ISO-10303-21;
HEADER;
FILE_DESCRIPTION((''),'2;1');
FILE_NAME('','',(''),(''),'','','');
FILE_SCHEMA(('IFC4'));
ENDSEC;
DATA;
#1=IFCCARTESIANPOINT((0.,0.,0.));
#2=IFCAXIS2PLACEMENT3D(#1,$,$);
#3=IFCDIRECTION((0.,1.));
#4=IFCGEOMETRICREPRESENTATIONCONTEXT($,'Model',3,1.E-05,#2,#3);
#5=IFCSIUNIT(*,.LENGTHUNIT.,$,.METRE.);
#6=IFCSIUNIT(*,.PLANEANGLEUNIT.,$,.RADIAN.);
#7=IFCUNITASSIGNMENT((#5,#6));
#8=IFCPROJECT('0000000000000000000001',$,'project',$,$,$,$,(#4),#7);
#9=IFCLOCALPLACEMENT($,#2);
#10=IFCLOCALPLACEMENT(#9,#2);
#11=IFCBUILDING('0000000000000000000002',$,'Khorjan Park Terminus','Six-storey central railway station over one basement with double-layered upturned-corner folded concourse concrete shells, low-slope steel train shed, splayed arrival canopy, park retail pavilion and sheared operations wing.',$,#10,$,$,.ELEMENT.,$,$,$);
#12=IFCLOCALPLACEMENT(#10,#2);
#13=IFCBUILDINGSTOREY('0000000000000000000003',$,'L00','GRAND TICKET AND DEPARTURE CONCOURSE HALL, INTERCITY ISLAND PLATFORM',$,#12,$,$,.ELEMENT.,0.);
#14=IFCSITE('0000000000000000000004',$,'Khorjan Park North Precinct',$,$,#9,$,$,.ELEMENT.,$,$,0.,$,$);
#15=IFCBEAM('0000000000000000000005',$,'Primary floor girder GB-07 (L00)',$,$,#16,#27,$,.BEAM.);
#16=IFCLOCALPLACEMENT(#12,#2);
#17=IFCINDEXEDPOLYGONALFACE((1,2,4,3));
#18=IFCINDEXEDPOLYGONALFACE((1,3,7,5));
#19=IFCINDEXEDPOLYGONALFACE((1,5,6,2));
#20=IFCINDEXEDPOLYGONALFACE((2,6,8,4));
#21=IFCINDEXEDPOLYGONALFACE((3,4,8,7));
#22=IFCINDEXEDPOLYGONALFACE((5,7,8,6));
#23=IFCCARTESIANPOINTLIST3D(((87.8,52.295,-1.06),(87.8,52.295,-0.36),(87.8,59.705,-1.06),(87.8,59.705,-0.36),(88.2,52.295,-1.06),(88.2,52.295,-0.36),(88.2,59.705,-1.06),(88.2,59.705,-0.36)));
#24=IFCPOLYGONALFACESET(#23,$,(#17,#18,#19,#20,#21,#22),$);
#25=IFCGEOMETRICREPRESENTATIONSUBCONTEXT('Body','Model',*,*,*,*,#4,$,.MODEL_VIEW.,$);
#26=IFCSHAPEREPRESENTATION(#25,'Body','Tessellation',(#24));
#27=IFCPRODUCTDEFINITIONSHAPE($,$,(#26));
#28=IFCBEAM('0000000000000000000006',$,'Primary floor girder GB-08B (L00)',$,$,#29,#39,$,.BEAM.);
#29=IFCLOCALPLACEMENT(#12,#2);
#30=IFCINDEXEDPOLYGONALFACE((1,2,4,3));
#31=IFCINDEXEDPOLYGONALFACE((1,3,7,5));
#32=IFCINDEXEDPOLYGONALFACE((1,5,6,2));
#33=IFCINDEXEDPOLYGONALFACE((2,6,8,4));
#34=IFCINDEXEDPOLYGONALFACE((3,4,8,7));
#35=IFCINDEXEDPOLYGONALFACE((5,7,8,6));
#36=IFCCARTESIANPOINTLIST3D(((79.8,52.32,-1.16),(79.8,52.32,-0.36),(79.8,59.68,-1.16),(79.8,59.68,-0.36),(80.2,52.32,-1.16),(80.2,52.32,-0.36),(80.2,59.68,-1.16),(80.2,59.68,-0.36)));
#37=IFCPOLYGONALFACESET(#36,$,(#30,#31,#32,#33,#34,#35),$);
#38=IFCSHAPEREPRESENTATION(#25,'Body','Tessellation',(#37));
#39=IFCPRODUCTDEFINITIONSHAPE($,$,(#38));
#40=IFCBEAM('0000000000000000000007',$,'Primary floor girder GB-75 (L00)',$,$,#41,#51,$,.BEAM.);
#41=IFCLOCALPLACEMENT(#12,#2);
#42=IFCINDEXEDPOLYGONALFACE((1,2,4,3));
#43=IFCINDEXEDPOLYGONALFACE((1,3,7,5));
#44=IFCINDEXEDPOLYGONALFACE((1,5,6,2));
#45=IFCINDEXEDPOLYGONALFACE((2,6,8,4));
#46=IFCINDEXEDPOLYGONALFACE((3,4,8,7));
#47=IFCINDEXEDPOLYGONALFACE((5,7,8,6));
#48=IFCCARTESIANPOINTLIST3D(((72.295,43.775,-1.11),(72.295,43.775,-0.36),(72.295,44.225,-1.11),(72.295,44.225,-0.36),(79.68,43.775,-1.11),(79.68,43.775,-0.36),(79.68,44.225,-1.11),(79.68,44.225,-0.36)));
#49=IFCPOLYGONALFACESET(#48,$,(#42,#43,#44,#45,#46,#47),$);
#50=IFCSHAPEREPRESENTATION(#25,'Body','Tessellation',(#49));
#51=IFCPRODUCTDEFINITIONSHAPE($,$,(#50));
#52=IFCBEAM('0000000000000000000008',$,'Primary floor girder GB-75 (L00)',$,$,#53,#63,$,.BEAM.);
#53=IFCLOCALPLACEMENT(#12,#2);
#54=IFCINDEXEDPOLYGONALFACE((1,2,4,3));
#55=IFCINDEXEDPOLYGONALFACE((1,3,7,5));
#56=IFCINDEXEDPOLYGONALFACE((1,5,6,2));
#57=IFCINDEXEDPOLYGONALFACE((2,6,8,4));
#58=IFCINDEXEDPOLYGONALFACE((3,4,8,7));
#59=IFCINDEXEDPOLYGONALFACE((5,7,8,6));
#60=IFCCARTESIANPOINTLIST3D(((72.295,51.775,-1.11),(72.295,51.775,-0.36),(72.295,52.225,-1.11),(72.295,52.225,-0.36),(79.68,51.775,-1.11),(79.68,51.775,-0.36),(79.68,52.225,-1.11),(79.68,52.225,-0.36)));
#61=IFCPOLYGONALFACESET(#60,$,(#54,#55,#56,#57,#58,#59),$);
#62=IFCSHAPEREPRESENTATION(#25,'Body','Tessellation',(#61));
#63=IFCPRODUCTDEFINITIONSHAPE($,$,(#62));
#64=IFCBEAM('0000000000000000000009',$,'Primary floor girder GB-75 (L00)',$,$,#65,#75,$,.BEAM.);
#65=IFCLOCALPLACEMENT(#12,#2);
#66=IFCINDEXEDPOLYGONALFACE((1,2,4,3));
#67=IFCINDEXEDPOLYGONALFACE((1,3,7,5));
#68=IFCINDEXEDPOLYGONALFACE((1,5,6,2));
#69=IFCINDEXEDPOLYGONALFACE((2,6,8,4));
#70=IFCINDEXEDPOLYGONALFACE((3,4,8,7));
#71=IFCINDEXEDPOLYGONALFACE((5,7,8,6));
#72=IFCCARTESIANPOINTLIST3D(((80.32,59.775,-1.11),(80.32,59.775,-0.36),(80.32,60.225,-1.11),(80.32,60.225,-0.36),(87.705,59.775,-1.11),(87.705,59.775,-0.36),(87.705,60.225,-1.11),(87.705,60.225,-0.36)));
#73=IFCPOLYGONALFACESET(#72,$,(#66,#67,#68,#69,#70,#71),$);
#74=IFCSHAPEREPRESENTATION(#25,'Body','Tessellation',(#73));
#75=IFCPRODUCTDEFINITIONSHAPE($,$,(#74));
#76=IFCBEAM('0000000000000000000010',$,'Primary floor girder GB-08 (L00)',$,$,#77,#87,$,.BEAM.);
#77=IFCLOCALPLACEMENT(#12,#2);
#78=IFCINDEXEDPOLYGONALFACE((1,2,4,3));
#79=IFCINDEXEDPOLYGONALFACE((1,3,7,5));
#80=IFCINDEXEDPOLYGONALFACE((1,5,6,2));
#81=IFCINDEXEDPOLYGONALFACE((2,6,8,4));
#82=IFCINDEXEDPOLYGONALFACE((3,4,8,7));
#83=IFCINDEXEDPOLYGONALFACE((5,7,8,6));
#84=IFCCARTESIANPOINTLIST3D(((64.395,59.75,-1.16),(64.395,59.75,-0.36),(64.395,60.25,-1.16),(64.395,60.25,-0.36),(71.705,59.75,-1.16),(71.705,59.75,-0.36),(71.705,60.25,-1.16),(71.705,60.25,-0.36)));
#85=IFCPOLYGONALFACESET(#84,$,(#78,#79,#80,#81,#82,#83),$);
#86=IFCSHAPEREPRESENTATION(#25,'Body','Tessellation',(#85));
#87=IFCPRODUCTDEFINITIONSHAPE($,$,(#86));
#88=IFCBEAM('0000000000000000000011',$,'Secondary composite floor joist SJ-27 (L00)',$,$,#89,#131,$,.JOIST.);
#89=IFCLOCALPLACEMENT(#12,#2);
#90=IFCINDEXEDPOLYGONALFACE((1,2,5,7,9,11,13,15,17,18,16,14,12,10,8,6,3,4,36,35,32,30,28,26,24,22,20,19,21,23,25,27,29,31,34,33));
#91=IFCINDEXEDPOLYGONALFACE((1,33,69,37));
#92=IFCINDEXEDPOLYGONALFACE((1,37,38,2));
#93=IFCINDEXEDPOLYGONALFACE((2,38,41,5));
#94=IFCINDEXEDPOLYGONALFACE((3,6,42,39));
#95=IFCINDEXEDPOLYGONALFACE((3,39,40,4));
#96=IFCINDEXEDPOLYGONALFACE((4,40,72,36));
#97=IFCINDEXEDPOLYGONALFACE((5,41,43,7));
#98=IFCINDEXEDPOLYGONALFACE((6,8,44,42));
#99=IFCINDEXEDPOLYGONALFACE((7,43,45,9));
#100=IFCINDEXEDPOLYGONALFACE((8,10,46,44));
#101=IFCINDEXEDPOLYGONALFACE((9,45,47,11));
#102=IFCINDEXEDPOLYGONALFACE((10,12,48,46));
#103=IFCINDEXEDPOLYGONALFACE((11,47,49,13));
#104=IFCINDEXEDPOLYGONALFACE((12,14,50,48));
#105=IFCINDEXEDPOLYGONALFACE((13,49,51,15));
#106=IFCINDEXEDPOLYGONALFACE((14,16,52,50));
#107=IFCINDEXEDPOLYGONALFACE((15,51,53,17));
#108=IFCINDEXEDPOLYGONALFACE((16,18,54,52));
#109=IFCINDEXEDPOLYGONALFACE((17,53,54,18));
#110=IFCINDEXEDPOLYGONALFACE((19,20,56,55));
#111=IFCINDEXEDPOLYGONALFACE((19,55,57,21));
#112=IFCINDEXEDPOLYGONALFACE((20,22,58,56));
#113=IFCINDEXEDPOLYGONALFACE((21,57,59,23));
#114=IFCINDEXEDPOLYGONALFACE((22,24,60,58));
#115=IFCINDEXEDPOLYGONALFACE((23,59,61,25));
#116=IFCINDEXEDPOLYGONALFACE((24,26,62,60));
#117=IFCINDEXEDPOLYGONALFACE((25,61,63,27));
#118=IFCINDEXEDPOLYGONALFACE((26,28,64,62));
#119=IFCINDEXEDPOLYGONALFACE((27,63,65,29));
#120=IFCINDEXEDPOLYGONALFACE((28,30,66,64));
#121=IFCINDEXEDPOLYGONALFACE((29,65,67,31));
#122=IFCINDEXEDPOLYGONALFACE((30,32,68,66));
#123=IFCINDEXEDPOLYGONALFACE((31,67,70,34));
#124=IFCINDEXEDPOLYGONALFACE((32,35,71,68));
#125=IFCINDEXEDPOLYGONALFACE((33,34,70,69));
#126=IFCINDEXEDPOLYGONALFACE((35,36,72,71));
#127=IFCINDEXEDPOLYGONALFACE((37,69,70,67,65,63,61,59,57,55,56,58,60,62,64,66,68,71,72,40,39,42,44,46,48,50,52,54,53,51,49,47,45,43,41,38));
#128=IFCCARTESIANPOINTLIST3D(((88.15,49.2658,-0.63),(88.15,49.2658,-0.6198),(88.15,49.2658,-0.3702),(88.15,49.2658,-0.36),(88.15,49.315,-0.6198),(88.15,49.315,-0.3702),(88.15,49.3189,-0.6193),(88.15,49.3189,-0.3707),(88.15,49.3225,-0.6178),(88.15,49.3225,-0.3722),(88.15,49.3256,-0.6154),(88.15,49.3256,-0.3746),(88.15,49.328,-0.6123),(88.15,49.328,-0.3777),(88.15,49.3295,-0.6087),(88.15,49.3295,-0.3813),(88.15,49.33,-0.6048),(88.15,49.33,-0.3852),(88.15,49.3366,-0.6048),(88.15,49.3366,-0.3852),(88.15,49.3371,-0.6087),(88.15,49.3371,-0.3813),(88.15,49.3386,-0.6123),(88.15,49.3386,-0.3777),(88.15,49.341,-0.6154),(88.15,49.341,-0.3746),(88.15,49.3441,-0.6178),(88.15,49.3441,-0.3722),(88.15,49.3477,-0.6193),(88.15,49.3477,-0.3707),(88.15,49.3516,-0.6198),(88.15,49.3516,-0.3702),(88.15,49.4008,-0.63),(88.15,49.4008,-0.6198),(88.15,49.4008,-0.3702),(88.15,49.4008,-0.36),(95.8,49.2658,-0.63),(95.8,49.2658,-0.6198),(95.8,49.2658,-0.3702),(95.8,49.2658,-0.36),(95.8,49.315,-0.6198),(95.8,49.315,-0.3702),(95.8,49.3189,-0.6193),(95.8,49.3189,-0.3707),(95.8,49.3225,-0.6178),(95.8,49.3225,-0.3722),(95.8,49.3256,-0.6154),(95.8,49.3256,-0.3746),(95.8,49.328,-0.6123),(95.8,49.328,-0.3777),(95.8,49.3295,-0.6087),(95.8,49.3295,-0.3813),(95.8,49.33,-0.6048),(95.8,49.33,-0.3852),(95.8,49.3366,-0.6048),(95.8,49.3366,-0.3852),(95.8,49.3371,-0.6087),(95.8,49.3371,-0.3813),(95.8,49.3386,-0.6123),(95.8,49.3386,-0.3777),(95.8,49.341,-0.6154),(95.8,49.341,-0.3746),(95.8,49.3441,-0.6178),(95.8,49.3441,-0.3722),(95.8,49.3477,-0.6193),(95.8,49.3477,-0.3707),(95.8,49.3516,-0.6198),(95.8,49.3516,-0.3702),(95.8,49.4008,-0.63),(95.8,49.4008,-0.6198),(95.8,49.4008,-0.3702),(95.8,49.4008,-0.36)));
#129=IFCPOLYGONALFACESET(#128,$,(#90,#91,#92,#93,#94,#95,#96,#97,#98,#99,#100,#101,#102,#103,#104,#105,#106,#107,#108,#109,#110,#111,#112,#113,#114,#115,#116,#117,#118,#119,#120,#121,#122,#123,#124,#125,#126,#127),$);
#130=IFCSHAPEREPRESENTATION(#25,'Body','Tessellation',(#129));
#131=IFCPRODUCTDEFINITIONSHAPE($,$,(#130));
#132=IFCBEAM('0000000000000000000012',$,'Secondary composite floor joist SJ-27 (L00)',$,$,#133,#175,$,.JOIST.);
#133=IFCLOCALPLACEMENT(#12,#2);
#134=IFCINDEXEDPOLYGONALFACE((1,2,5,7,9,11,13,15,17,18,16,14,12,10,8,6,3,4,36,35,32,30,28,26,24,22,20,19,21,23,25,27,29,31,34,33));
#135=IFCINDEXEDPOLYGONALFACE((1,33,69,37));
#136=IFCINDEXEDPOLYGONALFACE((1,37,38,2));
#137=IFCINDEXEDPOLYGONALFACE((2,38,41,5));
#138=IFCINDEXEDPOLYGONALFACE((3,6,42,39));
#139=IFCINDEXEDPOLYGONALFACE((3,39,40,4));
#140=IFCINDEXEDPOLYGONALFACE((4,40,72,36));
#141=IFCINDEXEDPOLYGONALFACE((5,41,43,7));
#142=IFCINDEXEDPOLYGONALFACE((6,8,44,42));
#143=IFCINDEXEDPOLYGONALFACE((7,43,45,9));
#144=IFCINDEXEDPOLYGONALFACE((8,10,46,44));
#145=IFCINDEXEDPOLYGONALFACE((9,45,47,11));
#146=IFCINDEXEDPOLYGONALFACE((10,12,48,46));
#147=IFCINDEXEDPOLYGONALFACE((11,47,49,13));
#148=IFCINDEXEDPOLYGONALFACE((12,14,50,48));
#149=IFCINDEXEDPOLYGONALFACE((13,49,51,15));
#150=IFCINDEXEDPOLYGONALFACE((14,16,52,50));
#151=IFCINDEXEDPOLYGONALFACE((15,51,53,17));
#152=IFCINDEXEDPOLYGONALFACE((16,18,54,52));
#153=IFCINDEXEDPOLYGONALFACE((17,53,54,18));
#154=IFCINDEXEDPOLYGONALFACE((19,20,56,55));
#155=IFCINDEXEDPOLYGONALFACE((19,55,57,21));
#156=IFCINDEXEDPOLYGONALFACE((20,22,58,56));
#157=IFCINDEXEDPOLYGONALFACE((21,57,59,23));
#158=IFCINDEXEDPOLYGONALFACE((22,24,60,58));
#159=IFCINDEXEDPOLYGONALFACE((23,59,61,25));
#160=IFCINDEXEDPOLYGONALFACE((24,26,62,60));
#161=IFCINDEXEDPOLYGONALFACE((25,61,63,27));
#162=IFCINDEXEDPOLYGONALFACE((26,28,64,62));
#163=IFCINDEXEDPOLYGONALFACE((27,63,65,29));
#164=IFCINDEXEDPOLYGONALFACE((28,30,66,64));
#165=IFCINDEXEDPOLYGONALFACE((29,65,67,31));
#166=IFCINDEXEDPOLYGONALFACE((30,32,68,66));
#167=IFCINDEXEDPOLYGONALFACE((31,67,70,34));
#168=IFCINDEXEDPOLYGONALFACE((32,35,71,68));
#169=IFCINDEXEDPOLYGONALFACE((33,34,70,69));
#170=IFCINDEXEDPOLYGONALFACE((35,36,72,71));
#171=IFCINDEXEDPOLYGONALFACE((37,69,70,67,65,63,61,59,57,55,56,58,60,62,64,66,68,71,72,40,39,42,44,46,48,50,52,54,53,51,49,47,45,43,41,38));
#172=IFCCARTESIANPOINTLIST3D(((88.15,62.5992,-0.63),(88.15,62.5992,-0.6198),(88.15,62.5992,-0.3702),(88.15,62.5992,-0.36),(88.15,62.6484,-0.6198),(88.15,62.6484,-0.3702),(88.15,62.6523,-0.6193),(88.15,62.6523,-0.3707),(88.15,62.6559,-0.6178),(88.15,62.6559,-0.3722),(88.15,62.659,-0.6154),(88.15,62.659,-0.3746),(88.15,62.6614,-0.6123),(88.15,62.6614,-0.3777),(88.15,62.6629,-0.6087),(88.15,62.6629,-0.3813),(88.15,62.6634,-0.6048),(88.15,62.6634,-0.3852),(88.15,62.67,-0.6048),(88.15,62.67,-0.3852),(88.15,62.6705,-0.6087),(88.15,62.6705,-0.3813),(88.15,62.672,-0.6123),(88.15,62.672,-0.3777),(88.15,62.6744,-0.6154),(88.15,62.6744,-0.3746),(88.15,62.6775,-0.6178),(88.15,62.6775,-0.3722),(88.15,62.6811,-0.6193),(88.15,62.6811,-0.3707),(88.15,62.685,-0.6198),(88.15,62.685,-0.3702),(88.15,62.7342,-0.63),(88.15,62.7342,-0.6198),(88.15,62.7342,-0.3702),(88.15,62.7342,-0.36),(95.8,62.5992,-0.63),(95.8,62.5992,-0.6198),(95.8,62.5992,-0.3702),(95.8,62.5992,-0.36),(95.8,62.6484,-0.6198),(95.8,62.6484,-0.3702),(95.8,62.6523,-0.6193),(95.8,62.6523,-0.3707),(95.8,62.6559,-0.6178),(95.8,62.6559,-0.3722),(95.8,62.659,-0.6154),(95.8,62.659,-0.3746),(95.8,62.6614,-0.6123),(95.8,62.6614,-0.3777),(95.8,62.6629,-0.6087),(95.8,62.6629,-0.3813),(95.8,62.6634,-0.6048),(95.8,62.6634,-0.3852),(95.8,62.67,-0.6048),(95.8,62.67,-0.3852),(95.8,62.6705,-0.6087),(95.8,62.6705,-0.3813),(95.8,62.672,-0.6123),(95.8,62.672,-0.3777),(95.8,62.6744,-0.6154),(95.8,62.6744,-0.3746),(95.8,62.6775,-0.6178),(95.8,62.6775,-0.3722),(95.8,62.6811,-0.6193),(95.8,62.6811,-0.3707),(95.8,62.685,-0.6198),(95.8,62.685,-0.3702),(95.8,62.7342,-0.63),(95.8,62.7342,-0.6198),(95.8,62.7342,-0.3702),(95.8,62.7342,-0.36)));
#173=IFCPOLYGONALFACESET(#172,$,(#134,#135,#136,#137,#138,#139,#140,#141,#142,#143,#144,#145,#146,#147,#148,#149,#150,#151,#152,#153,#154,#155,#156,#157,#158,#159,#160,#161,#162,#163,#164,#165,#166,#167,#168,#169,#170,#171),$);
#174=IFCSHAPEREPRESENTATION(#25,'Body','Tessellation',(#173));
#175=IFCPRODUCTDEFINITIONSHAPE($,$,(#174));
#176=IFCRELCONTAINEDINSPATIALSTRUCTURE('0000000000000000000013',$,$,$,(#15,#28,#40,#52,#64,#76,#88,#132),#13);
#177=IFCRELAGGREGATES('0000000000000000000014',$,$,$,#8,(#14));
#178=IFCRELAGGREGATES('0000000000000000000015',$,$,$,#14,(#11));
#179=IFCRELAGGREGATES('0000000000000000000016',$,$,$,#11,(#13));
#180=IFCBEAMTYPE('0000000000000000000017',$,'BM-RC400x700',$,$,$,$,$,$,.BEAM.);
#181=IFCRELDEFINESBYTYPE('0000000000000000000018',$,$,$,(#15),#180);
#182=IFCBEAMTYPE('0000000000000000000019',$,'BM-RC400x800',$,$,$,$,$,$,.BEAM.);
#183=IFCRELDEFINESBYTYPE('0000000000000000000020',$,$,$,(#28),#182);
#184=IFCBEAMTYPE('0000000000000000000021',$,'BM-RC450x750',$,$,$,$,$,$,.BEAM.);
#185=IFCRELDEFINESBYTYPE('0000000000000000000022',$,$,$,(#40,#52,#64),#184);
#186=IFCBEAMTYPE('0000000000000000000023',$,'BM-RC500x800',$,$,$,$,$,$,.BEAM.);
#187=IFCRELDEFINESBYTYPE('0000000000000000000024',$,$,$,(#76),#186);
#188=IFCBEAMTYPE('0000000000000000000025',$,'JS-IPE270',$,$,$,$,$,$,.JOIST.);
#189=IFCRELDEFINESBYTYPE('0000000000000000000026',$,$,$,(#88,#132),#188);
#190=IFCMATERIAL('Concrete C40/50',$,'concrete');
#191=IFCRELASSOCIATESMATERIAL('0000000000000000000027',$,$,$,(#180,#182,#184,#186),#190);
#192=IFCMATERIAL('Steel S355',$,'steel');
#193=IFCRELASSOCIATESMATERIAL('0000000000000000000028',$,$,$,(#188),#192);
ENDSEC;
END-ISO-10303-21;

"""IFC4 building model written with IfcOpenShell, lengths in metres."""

from ifc_helpers import new_model, si_unit, direction, frame, origin, origin_2d, place, context, subcontext, project, spatial, rectangle, i_section, extrude, material, material_profile, profile_set, type_object, element, save


model = new_model("IFC4")

# Units and contexts
model_context = context("Model", 3, precision=1e-05, world=origin(), true_north=direction((0.0, 1.0)))
body_context = subcontext(model_context, "Body", "Model", "MODEL_VIEW")
ifc_project = project(units=[si_unit("LENGTHUNIT", "METRE"), si_unit("PLANEANGLEUNIT", "RADIAN")], contexts=[model_context])

# Site, building, storey
site_placement = place(None, origin())
site = spatial("IfcSite", under=ifc_project, at=site_placement, Name="Khorjan Park North Precinct", CompositionType="ELEMENT", RefElevation=0.0)
building_placement = place(site_placement, origin())
building = spatial("IfcBuilding", under=site, at=building_placement, Name="Khorjan Park Terminus", Description="Six-storey central railway station over one basement with double-layered upturned-corner folded concourse concrete shells, low-slope steel train shed, splayed arrival canopy, park retail pavilion and sheared operations wing.", CompositionType="ELEMENT")
storey_placement = place(building_placement, origin())
storey = spatial("IfcBuildingStorey", under=building, at=storey_placement, Name="L00", Description="GRAND TICKET AND DEPARTURE CONCOURSE HALL, INTERCITY ISLAND PLATFORM", CompositionType="ELEMENT", Elevation=0.0)

# Shared definitions
ifc_material_1 = material(Name="Steel S355", Category="steel")

# Beams
ifc_material_2 = material(Name="Concrete C40/50", Category="concrete")
ifc_material_profile_1 = material_profile(ifc_material_2, rectangle(XDim=0.4, YDim=0.7, at=origin_2d()), Name="RC 400x700")
ifc_profile_set_1 = profile_set([ifc_material_profile_1], Name="Concrete C40/50")
beam_type_1 = type_object("IfcBeamType", Name="BM-RC400x700", PredefinedType="BEAM", material=ifc_profile_set_1)
beam_1_placement = place(storey_placement, frame((88.0, 52.295, -0.71), z_axis=(0.0, 1.0, 0.0), x_axis=(-1.0, 0.0, 0.0)))
element("IfcBeam", 1, at=beam_1_placement, inside=storey, type_object=beam_type_1, Name="Primary floor girder GB-07 (L00)", PredefinedType="BEAM", context=body_context, shape_type="SweptSolid", body=[
    extrude(rectangle(XDim=0.4, YDim=0.7, at=origin_2d()), origin(), (0.0, 0.0, 1.0), 7.41),
])
ifc_material_profile_2 = material_profile(ifc_material_2, rectangle(XDim=0.4, YDim=0.8, at=origin_2d()), Name="RC 400x800")
ifc_profile_set_2 = profile_set([ifc_material_profile_2], Name="Concrete C40/50")
beam_type_2 = type_object("IfcBeamType", Name="BM-RC400x800", PredefinedType="BEAM", material=ifc_profile_set_2)
beam_2_placement = place(storey_placement, frame((80.0, 52.32, -0.76), z_axis=(0.0, 1.0, 0.0), x_axis=(-1.0, 0.0, 0.0)))
element("IfcBeam", 2, at=beam_2_placement, inside=storey, type_object=beam_type_2, Name="Primary floor girder GB-08B (L00)", PredefinedType="BEAM", context=body_context, shape_type="SweptSolid", body=[
    extrude(rectangle(XDim=0.4, YDim=0.8, at=origin_2d()), origin(), (0.0, 0.0, 1.0), 7.36),
])
ifc_material_profile_3 = material_profile(ifc_material_2, rectangle(XDim=0.45, YDim=0.75, at=origin_2d()), Name="RC 450x750")
ifc_profile_set_3 = profile_set([ifc_material_profile_3], Name="Concrete C40/50")
beam_type_3 = type_object("IfcBeamType", Name="BM-RC450x750", PredefinedType="BEAM", material=ifc_profile_set_3)
for number, where, z_axis, x_axis, name in (
    (3, (72.295, 44.0, -0.735), (1.0, 0.0, 0.0), (0.0, 1.0, 0.0), "Primary floor girder GB-75 (L00)"),
    (4, (72.295, 52.0, -0.735), (1.0, 0.0, 0.0), (0.0, 1.0, 0.0), "Primary floor girder GB-75 (L00)"),
    (5, (80.32, 60.0, -0.735), (1.0, 0.0, 0.0), (0.0, 1.0, 0.0), "Primary floor girder GB-75 (L00)"),
):
    element("IfcBeam", number, at=place(storey_placement, frame(where, z_axis=z_axis, x_axis=x_axis)), inside=storey, type_object=beam_type_3, Name=name, PredefinedType="BEAM", context=body_context, shape_type="SweptSolid", body=[
        extrude(rectangle(XDim=0.45, YDim=0.75, at=origin_2d()), origin(), (0.0, 0.0, 1.0), 7.385),
    ])
ifc_material_profile_4 = material_profile(ifc_material_2, rectangle(XDim=0.5, YDim=0.8, at=origin_2d()), Name="RC 500x800")
ifc_profile_set_4 = profile_set([ifc_material_profile_4], Name="Concrete C40/50")
beam_type_4 = type_object("IfcBeamType", Name="BM-RC500x800", PredefinedType="BEAM", material=ifc_profile_set_4)
beam_3_placement = place(storey_placement, frame((64.395, 60.0, -0.76), z_axis=(1.0, 0.0, 0.0), x_axis=(0.0, 1.0, 0.0)))
element("IfcBeam", 6, at=beam_3_placement, inside=storey, type_object=beam_type_4, Name="Primary floor girder GB-08 (L00)", PredefinedType="BEAM", context=body_context, shape_type="SweptSolid", body=[
    extrude(rectangle(XDim=0.5, YDim=0.8, at=origin_2d()), origin(), (0.0, 0.0, 1.0), 7.31),
])
ifc_material_profile_5 = material_profile(ifc_material_1, i_section(OverallWidth=0.135, OverallDepth=0.27, WebThickness=0.0066, FlangeThickness=0.0102, FilletRadius=0.015, at=origin_2d()), Name="IPE 270")
ifc_profile_set_5 = profile_set([ifc_material_profile_5], Name="Steel S355")
beam_type_5 = type_object("IfcBeamType", Name="JS-IPE270", PredefinedType="JOIST", material=ifc_profile_set_5)
for number, where, z_axis, x_axis, name in (
    (7, (88.15, 49.3333, -0.495), (1.0, 0.0, 0.0), (0.0, 1.0, 0.0), "Secondary composite floor joist SJ-27 (L00)"),
    (8, (88.15, 62.6667, -0.495), (1.0, 0.0, 0.0), (0.0, 1.0, 0.0), "Secondary composite floor joist SJ-27 (L00)"),
):
    element("IfcBeam", number, at=place(storey_placement, frame(where, z_axis=z_axis, x_axis=x_axis)), inside=storey, type_object=beam_type_5, Name=name, PredefinedType="JOIST", context=body_context, shape_type="SweptSolid", body=[
        extrude(i_section(OverallWidth=0.135, OverallDepth=0.27, WebThickness=0.0066, FlangeThickness=0.0102, FilletRadius=0.015, at=origin_2d()), origin(), (0.0, 0.0, 1.0), 7.65),
    ])

save(model, "model.ifc")
